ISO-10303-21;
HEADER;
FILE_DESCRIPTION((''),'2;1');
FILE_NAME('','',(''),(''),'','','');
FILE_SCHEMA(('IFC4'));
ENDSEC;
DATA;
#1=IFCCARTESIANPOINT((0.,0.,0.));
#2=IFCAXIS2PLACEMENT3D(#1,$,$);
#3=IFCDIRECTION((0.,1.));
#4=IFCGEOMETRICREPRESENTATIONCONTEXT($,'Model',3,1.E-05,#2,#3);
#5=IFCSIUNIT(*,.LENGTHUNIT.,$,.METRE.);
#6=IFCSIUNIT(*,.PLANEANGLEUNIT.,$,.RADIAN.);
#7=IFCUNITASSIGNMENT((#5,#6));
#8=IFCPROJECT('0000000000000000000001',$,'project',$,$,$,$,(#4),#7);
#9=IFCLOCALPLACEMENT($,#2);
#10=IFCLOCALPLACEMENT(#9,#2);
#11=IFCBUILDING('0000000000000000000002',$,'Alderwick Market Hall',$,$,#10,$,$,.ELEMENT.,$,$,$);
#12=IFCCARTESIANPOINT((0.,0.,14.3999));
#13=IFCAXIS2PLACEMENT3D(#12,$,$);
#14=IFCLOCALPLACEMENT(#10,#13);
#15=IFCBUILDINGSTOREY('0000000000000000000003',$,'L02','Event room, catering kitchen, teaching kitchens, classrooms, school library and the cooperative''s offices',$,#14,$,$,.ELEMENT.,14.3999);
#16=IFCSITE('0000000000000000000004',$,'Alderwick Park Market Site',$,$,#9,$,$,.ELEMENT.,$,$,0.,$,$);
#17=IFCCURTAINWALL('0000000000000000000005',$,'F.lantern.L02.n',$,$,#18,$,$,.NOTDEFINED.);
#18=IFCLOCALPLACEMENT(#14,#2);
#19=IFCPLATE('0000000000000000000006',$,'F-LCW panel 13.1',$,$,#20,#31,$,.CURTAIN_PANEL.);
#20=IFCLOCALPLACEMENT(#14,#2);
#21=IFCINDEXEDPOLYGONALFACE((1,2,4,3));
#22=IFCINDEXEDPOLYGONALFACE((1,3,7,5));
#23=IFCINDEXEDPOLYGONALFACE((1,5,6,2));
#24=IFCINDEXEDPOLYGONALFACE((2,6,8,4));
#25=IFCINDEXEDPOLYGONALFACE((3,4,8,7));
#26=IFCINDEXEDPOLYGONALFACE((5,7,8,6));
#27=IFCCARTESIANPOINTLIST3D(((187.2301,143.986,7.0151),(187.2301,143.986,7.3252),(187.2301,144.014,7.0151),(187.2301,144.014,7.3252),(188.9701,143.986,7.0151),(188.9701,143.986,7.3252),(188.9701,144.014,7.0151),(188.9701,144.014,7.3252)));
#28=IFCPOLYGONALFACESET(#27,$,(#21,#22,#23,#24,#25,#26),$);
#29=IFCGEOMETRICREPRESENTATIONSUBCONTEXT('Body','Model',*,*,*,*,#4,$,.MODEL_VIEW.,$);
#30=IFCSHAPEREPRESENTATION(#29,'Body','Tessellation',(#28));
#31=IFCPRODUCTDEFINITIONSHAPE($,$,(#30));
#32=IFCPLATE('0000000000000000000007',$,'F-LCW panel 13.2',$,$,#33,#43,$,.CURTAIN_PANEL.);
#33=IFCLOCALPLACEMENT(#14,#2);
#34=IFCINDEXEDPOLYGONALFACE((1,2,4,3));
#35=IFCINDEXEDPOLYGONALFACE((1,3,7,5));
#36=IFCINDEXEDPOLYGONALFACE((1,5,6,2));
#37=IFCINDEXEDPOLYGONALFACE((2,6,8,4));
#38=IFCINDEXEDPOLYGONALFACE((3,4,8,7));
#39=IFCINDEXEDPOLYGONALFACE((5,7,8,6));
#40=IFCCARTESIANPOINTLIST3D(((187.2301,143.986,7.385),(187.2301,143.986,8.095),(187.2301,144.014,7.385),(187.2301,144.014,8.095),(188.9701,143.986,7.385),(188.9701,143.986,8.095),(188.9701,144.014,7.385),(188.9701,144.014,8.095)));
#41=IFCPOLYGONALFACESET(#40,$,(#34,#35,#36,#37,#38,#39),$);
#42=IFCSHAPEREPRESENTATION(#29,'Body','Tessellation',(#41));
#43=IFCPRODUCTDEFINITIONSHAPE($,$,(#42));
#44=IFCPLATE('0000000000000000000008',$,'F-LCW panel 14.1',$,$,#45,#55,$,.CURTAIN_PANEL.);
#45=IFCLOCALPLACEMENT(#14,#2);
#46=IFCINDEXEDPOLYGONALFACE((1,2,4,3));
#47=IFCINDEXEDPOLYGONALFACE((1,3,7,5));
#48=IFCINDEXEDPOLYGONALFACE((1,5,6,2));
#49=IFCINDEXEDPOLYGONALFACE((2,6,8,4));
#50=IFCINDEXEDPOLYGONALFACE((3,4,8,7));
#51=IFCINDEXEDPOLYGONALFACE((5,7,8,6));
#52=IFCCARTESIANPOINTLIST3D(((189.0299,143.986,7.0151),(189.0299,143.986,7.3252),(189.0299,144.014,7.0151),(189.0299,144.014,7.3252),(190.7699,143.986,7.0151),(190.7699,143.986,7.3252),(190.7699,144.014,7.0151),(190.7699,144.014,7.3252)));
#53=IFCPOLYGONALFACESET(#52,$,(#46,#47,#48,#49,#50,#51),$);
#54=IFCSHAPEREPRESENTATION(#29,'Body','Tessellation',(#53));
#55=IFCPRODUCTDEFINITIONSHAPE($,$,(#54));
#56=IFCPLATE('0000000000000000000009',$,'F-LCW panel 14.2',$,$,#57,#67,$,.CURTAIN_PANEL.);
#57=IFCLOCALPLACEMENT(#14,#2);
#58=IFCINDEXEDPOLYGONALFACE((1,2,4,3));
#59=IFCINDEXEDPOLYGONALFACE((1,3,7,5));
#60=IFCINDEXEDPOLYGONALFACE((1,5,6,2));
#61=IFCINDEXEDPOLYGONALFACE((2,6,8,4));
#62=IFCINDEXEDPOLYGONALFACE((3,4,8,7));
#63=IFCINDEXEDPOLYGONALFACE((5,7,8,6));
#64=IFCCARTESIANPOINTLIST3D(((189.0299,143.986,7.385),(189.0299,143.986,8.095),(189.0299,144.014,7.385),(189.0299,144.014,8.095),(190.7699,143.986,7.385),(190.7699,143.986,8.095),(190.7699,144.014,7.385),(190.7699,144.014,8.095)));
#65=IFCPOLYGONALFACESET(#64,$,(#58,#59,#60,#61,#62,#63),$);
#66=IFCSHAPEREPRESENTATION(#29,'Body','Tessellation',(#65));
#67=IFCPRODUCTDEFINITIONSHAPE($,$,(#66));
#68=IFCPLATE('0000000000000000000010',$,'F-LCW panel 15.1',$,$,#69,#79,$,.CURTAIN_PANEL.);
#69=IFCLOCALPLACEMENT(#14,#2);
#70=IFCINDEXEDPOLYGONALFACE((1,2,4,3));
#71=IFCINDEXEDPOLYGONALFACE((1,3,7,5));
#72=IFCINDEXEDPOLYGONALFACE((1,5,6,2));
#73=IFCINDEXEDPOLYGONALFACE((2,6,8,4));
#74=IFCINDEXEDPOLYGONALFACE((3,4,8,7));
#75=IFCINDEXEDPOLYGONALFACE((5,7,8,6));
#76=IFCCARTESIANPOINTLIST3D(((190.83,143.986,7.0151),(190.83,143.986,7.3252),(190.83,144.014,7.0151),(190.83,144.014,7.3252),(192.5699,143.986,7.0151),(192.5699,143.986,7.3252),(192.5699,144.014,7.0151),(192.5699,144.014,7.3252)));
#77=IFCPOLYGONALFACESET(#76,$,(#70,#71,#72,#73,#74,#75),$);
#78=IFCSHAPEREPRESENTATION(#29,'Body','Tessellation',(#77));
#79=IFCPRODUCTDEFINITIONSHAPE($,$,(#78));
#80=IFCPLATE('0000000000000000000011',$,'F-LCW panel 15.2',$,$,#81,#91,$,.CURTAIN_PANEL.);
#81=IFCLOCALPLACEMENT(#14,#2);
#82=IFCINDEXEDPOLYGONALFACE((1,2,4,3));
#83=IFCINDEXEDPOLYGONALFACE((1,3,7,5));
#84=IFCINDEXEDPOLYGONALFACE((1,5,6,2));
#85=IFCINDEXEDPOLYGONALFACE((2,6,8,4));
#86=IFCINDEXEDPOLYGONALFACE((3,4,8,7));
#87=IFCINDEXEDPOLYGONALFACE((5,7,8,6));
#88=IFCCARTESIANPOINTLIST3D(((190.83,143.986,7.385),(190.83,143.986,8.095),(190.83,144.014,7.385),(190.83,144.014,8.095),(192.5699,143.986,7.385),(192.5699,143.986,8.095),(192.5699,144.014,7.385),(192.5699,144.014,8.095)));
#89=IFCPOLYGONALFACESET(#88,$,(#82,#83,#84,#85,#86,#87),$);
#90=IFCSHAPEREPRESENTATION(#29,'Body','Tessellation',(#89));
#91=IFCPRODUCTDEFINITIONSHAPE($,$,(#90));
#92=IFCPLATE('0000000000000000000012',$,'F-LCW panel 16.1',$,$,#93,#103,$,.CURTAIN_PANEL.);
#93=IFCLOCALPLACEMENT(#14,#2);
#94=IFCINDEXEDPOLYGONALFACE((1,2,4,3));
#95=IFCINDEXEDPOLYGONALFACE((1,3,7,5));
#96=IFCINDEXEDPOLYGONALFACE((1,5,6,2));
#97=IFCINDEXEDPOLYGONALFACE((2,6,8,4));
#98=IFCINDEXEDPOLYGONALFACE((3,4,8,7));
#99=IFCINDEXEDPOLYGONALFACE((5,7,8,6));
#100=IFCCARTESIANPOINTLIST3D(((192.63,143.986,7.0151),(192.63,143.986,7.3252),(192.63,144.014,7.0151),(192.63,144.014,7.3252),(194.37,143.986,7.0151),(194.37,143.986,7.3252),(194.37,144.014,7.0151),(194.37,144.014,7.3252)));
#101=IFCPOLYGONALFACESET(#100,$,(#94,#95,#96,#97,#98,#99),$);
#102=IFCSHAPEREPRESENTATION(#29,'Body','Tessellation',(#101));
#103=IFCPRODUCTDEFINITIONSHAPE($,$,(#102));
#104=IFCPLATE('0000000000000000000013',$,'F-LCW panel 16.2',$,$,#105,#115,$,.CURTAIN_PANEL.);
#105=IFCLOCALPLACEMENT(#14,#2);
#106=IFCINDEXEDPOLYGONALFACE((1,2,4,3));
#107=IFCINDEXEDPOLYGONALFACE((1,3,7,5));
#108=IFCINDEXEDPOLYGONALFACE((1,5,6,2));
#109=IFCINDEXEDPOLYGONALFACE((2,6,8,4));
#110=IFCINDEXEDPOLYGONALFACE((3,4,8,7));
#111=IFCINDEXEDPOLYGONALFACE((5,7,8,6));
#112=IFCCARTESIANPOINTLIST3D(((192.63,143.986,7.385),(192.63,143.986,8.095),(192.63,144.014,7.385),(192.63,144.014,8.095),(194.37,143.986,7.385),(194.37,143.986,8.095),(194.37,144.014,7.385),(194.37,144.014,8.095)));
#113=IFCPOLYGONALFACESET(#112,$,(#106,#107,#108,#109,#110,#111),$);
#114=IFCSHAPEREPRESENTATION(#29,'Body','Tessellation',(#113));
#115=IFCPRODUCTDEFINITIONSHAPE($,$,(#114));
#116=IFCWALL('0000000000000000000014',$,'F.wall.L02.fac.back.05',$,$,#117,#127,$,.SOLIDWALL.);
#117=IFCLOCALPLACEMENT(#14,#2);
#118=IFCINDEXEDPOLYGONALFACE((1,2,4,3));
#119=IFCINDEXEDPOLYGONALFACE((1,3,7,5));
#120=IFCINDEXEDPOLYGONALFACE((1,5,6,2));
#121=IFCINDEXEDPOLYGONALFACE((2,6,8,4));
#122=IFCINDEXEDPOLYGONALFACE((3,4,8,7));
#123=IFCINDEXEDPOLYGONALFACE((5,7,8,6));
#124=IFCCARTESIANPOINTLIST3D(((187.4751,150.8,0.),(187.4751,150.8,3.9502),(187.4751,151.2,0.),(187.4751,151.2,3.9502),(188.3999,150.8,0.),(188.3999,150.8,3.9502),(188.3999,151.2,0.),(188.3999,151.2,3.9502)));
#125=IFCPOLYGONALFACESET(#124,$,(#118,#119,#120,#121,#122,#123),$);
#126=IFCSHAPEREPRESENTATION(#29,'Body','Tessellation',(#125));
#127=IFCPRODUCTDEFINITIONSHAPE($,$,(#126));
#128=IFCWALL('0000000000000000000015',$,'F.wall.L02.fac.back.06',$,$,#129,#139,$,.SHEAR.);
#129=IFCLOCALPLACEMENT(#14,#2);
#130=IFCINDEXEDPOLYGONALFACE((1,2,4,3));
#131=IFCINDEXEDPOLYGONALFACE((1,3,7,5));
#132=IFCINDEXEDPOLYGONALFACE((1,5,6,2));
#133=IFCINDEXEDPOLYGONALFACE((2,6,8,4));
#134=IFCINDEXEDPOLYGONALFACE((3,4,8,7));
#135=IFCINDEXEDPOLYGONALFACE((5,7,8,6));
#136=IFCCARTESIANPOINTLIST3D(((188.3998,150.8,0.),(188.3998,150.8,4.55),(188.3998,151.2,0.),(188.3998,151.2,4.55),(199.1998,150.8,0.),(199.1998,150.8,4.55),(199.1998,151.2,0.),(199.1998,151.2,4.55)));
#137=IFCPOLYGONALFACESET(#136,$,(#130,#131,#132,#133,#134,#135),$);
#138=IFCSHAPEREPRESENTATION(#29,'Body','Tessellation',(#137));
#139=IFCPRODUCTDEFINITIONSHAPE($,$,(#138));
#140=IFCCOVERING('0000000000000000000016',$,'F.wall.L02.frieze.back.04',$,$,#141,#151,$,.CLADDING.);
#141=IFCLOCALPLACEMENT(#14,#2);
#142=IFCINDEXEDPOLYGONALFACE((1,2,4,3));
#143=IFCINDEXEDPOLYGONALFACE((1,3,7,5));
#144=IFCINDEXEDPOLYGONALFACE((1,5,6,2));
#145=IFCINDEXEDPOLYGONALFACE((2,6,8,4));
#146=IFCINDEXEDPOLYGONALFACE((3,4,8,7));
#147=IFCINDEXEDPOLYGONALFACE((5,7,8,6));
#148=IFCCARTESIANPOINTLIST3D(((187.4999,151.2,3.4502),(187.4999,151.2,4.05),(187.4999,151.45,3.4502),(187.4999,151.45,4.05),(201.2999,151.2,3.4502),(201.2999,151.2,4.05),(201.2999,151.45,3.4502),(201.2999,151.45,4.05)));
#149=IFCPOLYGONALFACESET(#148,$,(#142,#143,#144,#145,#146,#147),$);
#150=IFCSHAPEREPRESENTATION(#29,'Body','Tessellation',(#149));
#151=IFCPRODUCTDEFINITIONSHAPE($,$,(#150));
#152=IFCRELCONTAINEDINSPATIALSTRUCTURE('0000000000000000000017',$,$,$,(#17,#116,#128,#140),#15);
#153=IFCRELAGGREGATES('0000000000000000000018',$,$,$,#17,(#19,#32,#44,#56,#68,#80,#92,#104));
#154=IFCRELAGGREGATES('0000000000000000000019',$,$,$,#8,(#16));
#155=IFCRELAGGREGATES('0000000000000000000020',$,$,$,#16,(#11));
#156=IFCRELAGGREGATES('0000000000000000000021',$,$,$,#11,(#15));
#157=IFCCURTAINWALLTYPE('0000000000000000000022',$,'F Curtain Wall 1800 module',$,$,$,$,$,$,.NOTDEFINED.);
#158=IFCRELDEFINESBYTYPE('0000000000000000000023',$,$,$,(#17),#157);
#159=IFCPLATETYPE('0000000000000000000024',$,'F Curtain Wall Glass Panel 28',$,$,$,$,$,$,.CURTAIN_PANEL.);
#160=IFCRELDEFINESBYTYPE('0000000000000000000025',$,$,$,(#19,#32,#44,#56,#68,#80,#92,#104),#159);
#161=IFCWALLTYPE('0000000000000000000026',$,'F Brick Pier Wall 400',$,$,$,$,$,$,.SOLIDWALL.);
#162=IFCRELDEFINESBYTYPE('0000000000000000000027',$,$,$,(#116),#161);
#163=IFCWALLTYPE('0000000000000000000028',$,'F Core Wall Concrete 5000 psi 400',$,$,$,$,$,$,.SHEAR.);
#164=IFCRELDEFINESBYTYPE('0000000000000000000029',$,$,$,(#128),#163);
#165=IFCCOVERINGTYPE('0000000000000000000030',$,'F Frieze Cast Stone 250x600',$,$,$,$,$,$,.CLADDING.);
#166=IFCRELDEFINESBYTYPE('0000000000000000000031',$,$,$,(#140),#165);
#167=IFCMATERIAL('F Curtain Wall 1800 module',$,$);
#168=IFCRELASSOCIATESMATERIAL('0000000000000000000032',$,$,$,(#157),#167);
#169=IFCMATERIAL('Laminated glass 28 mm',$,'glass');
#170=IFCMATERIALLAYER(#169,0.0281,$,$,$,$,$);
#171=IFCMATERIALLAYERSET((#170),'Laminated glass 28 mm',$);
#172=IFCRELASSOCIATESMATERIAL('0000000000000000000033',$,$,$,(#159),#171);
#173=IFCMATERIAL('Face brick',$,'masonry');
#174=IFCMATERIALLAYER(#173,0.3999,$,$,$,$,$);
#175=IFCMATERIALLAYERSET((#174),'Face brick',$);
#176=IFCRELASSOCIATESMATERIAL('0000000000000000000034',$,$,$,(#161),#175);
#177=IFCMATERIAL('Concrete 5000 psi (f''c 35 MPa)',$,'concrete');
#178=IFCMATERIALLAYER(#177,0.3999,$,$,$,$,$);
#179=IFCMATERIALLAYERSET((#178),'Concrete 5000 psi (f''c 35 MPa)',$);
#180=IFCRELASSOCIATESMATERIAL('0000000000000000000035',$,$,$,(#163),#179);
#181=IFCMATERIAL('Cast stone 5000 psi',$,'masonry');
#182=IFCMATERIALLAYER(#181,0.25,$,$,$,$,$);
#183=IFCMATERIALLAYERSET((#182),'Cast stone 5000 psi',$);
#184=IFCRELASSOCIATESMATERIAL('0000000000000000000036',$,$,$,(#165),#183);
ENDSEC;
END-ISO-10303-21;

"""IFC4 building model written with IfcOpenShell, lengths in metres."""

from ifc_helpers import new_model, si_unit, direction, frame, frame_2d, origin, origin_2d, place, context, subcontext, project, spatial, rectangle, extrude, material, layer, layer_set, type_object, element, aggregate, save


model = new_model("IFC4")

# Units and contexts
model_context = context("Model", 3, precision=1e-05, world=origin(), true_north=direction((0.0, 1.0)))
body_context = subcontext(model_context, "Body", "Model", "MODEL_VIEW")
ifc_project = project(units=[si_unit("LENGTHUNIT", "METRE"), si_unit("PLANEANGLEUNIT", "RADIAN")], contexts=[model_context])

# Site, building, storey
site_placement = place(None, origin())
site = spatial("IfcSite", under=ifc_project, at=site_placement, Name="Alderwick Park Market Site", CompositionType="ELEMENT", RefElevation=0.0)
building_placement = place(site_placement, origin())
building = spatial("IfcBuilding", under=site, at=building_placement, Name="Alderwick Market Hall", CompositionType="ELEMENT")
storey_placement = place(building_placement, frame((0.0, 0.0, 14.3999)))
storey = spatial("IfcBuildingStorey", under=building, at=storey_placement, Name="L02", Description="Event room, catering kitchen, teaching kitchens, classrooms, school library and the cooperative's offices", CompositionType="ELEMENT", Elevation=14.3999)

# Curtain wall
ifc_material_1 = material(Name="F Curtain Wall 1800 module")
curtain_wall_type = type_object("IfcCurtainWallType", Name="F Curtain Wall 1800 module", PredefinedType="NOTDEFINED", material=ifc_material_1)
curtain_wall_placement = place(storey_placement, origin())
curtain_wall = element("IfcCurtainWall", 1, at=curtain_wall_placement, inside=storey, type_object=curtain_wall_type, Name="F.lantern.L02.n", PredefinedType="NOTDEFINED")

# Shared definitions
ifc_material_2 = material(Name="Concrete 5000 psi (f'c 35 MPa)", Category="concrete")

# Plates
ifc_material_3 = material(Name="Laminated glass 28 mm", Category="glass")
ifc_layer_1 = layer(ifc_material_3, 0.0281)
ifc_layer_set_1 = layer_set([ifc_layer_1], Name="Laminated glass 28 mm")
plate_type = type_object("IfcPlateType", Name="F Curtain Wall Glass Panel 28", PredefinedType="CURTAIN_PANEL", material=ifc_layer_set_1)
plate_1_placement = place(storey_placement, frame((188.1001, 144.0, 7.0151), z_axis=(0.0, 0.0, 1.0), x_axis=(1.0, 0.0, 0.0)))
plate_1 = element("IfcPlate", 2, at=plate_1_placement, type_object=plate_type, Name="F-LCW panel 13.1", PredefinedType="CURTAIN_PANEL", context=body_context, shape_type="SweptSolid", body=[
    extrude(rectangle(XDim=1.74, YDim=0.0281, at=origin_2d()), origin(), (0.0, 0.0, 1.0), 0.3101),
])
plate_2_placement = place(storey_placement, frame((188.1001, 144.0, 7.385), z_axis=(0.0, 0.0, 1.0), x_axis=(1.0, 0.0, 0.0)))
plate_2 = element("IfcPlate", 3, at=plate_2_placement, type_object=plate_type, Name="F-LCW panel 13.2", PredefinedType="CURTAIN_PANEL", context=body_context, shape_type="SweptSolid", body=[
    extrude(rectangle(XDim=1.74, YDim=0.0281, at=origin_2d()), origin(), (0.0, 0.0, 1.0), 0.71),
])
plate_3_placement = place(storey_placement, frame((189.8999, 144.0, 7.0151), z_axis=(0.0, 0.0, 1.0), x_axis=(1.0, 0.0, 0.0)))
plate_3 = element("IfcPlate", 4, at=plate_3_placement, type_object=plate_type, Name="F-LCW panel 14.1", PredefinedType="CURTAIN_PANEL", context=body_context, shape_type="SweptSolid", body=[
    extrude(rectangle(XDim=1.74, YDim=0.0281, at=origin_2d()), origin(), (0.0, 0.0, 1.0), 0.3101),
])
plate_4_placement = place(storey_placement, frame((189.8999, 144.0, 7.385), z_axis=(0.0, 0.0, 1.0), x_axis=(1.0, 0.0, 0.0)))
plate_4 = element("IfcPlate", 5, at=plate_4_placement, type_object=plate_type, Name="F-LCW panel 14.2", PredefinedType="CURTAIN_PANEL", context=body_context, shape_type="SweptSolid", body=[
    extrude(rectangle(XDim=1.74, YDim=0.0281, at=origin_2d()), origin(), (0.0, 0.0, 1.0), 0.71),
])
plate_5_placement = place(storey_placement, frame((191.7, 144.0, 7.0151), z_axis=(0.0, 0.0, 1.0), x_axis=(1.0, 0.0, 0.0)))
plate_5 = element("IfcPlate", 6, at=plate_5_placement, type_object=plate_type, Name="F-LCW panel 15.1", PredefinedType="CURTAIN_PANEL", context=body_context, shape_type="SweptSolid", body=[
    extrude(rectangle(XDim=1.74, YDim=0.0281, at=origin_2d()), origin(), (0.0, 0.0, 1.0), 0.3101),
])
plate_6_placement = place(storey_placement, frame((191.7, 144.0, 7.385), z_axis=(0.0, 0.0, 1.0), x_axis=(1.0, 0.0, 0.0)))
plate_6 = element("IfcPlate", 7, at=plate_6_placement, type_object=plate_type, Name="F-LCW panel 15.2", PredefinedType="CURTAIN_PANEL", context=body_context, shape_type="SweptSolid", body=[
    extrude(rectangle(XDim=1.74, YDim=0.0281, at=origin_2d()), origin(), (0.0, 0.0, 1.0), 0.71),
])
plate_7_placement = place(storey_placement, frame((193.5, 144.0, 7.0151), z_axis=(0.0, 0.0, 1.0), x_axis=(1.0, 0.0, 0.0)))
plate_7 = element("IfcPlate", 8, at=plate_7_placement, type_object=plate_type, Name="F-LCW panel 16.1", PredefinedType="CURTAIN_PANEL", context=body_context, shape_type="SweptSolid", body=[
    extrude(rectangle(XDim=1.74, YDim=0.0281, at=origin_2d()), origin(), (0.0, 0.0, 1.0), 0.3101),
])
plate_8_placement = place(storey_placement, frame((193.5, 144.0, 7.385), z_axis=(0.0, 0.0, 1.0), x_axis=(1.0, 0.0, 0.0)))
plate_8 = element("IfcPlate", 9, at=plate_8_placement, type_object=plate_type, Name="F-LCW panel 16.2", PredefinedType="CURTAIN_PANEL", context=body_context, shape_type="SweptSolid", body=[
    extrude(rectangle(XDim=1.74, YDim=0.0281, at=origin_2d()), origin(), (0.0, 0.0, 1.0), 0.71),
])
aggregate(curtain_wall, [plate_1, plate_2, plate_3, plate_4, plate_5, plate_6, plate_7, plate_8])

# Walls
ifc_material_4 = material(Name="Face brick", Category="masonry")
ifc_layer_2 = layer(ifc_material_4, 0.3999)
ifc_layer_set_2 = layer_set([ifc_layer_2], Name="Face brick")
wall_type_1 = type_object("IfcWallType", Name="F Brick Pier Wall 400", PredefinedType="SOLIDWALL", material=ifc_layer_set_2)
wall_1_placement = place(storey_placement, frame((187.4751, 151.0, 0.0), z_axis=(0.0, 0.0, 1.0), x_axis=(1.0, 0.0, 0.0)))
element("IfcWall", 10, at=wall_1_placement, inside=storey, type_object=wall_type_1, Name="F.wall.L02.fac.back.05", PredefinedType="SOLIDWALL", context=body_context, shape_type="SweptSolid", body=[
    extrude(rectangle(XDim=0.9248, YDim=0.3999, at=frame_2d((0.4624, 0.0))), origin(), (0.0, 0.0, 1.0), 3.9502),
])
ifc_layer_3 = layer(ifc_material_2, 0.3999)
ifc_layer_set_3 = layer_set([ifc_layer_3], Name="Concrete 5000 psi (f'c 35 MPa)")
wall_type_2 = type_object("IfcWallType", Name="F Core Wall Concrete 5000 psi 400", PredefinedType="SHEAR", material=ifc_layer_set_3)
wall_2_placement = place(storey_placement, frame((188.3999, 151.0, 0.0), z_axis=(0.0, 0.0, 1.0), x_axis=(1.0, 0.0, 0.0)))
element("IfcWall", 11, at=wall_2_placement, inside=storey, type_object=wall_type_2, Name="F.wall.L02.fac.back.06", PredefinedType="SHEAR", context=body_context, shape_type="SweptSolid", body=[
    extrude(rectangle(XDim=10.8, YDim=0.3999, at=frame_2d((5.3999, 0.0))), origin(), (0.0, 0.0, 1.0), 4.55),
])

# Covering
ifc_material_5 = material(Name="Cast stone 5000 psi", Category="masonry")
ifc_layer_4 = layer(ifc_material_5, 0.25)
ifc_layer_set_4 = layer_set([ifc_layer_4], Name="Cast stone 5000 psi")
covering_type = type_object("IfcCoveringType", Name="F Frieze Cast Stone 250x600", PredefinedType="CLADDING", material=ifc_layer_set_4)
covering_placement = place(storey_placement, frame((187.5, 151.325, 3.4502), z_axis=(0.0, 0.0, 1.0), x_axis=(1.0, 0.0, 0.0)))
element("IfcCovering", 12, at=covering_placement, inside=storey, type_object=covering_type, Name="F.wall.L02.frieze.back.04", PredefinedType="CLADDING", context=body_context, shape_type="SweptSolid", body=[
    extrude(rectangle(XDim=13.8, YDim=0.25, at=frame_2d((6.8999, 0.0))), origin(), (0.0, 0.0, 1.0), 0.5999),
])

save(model, "model.ifc")
